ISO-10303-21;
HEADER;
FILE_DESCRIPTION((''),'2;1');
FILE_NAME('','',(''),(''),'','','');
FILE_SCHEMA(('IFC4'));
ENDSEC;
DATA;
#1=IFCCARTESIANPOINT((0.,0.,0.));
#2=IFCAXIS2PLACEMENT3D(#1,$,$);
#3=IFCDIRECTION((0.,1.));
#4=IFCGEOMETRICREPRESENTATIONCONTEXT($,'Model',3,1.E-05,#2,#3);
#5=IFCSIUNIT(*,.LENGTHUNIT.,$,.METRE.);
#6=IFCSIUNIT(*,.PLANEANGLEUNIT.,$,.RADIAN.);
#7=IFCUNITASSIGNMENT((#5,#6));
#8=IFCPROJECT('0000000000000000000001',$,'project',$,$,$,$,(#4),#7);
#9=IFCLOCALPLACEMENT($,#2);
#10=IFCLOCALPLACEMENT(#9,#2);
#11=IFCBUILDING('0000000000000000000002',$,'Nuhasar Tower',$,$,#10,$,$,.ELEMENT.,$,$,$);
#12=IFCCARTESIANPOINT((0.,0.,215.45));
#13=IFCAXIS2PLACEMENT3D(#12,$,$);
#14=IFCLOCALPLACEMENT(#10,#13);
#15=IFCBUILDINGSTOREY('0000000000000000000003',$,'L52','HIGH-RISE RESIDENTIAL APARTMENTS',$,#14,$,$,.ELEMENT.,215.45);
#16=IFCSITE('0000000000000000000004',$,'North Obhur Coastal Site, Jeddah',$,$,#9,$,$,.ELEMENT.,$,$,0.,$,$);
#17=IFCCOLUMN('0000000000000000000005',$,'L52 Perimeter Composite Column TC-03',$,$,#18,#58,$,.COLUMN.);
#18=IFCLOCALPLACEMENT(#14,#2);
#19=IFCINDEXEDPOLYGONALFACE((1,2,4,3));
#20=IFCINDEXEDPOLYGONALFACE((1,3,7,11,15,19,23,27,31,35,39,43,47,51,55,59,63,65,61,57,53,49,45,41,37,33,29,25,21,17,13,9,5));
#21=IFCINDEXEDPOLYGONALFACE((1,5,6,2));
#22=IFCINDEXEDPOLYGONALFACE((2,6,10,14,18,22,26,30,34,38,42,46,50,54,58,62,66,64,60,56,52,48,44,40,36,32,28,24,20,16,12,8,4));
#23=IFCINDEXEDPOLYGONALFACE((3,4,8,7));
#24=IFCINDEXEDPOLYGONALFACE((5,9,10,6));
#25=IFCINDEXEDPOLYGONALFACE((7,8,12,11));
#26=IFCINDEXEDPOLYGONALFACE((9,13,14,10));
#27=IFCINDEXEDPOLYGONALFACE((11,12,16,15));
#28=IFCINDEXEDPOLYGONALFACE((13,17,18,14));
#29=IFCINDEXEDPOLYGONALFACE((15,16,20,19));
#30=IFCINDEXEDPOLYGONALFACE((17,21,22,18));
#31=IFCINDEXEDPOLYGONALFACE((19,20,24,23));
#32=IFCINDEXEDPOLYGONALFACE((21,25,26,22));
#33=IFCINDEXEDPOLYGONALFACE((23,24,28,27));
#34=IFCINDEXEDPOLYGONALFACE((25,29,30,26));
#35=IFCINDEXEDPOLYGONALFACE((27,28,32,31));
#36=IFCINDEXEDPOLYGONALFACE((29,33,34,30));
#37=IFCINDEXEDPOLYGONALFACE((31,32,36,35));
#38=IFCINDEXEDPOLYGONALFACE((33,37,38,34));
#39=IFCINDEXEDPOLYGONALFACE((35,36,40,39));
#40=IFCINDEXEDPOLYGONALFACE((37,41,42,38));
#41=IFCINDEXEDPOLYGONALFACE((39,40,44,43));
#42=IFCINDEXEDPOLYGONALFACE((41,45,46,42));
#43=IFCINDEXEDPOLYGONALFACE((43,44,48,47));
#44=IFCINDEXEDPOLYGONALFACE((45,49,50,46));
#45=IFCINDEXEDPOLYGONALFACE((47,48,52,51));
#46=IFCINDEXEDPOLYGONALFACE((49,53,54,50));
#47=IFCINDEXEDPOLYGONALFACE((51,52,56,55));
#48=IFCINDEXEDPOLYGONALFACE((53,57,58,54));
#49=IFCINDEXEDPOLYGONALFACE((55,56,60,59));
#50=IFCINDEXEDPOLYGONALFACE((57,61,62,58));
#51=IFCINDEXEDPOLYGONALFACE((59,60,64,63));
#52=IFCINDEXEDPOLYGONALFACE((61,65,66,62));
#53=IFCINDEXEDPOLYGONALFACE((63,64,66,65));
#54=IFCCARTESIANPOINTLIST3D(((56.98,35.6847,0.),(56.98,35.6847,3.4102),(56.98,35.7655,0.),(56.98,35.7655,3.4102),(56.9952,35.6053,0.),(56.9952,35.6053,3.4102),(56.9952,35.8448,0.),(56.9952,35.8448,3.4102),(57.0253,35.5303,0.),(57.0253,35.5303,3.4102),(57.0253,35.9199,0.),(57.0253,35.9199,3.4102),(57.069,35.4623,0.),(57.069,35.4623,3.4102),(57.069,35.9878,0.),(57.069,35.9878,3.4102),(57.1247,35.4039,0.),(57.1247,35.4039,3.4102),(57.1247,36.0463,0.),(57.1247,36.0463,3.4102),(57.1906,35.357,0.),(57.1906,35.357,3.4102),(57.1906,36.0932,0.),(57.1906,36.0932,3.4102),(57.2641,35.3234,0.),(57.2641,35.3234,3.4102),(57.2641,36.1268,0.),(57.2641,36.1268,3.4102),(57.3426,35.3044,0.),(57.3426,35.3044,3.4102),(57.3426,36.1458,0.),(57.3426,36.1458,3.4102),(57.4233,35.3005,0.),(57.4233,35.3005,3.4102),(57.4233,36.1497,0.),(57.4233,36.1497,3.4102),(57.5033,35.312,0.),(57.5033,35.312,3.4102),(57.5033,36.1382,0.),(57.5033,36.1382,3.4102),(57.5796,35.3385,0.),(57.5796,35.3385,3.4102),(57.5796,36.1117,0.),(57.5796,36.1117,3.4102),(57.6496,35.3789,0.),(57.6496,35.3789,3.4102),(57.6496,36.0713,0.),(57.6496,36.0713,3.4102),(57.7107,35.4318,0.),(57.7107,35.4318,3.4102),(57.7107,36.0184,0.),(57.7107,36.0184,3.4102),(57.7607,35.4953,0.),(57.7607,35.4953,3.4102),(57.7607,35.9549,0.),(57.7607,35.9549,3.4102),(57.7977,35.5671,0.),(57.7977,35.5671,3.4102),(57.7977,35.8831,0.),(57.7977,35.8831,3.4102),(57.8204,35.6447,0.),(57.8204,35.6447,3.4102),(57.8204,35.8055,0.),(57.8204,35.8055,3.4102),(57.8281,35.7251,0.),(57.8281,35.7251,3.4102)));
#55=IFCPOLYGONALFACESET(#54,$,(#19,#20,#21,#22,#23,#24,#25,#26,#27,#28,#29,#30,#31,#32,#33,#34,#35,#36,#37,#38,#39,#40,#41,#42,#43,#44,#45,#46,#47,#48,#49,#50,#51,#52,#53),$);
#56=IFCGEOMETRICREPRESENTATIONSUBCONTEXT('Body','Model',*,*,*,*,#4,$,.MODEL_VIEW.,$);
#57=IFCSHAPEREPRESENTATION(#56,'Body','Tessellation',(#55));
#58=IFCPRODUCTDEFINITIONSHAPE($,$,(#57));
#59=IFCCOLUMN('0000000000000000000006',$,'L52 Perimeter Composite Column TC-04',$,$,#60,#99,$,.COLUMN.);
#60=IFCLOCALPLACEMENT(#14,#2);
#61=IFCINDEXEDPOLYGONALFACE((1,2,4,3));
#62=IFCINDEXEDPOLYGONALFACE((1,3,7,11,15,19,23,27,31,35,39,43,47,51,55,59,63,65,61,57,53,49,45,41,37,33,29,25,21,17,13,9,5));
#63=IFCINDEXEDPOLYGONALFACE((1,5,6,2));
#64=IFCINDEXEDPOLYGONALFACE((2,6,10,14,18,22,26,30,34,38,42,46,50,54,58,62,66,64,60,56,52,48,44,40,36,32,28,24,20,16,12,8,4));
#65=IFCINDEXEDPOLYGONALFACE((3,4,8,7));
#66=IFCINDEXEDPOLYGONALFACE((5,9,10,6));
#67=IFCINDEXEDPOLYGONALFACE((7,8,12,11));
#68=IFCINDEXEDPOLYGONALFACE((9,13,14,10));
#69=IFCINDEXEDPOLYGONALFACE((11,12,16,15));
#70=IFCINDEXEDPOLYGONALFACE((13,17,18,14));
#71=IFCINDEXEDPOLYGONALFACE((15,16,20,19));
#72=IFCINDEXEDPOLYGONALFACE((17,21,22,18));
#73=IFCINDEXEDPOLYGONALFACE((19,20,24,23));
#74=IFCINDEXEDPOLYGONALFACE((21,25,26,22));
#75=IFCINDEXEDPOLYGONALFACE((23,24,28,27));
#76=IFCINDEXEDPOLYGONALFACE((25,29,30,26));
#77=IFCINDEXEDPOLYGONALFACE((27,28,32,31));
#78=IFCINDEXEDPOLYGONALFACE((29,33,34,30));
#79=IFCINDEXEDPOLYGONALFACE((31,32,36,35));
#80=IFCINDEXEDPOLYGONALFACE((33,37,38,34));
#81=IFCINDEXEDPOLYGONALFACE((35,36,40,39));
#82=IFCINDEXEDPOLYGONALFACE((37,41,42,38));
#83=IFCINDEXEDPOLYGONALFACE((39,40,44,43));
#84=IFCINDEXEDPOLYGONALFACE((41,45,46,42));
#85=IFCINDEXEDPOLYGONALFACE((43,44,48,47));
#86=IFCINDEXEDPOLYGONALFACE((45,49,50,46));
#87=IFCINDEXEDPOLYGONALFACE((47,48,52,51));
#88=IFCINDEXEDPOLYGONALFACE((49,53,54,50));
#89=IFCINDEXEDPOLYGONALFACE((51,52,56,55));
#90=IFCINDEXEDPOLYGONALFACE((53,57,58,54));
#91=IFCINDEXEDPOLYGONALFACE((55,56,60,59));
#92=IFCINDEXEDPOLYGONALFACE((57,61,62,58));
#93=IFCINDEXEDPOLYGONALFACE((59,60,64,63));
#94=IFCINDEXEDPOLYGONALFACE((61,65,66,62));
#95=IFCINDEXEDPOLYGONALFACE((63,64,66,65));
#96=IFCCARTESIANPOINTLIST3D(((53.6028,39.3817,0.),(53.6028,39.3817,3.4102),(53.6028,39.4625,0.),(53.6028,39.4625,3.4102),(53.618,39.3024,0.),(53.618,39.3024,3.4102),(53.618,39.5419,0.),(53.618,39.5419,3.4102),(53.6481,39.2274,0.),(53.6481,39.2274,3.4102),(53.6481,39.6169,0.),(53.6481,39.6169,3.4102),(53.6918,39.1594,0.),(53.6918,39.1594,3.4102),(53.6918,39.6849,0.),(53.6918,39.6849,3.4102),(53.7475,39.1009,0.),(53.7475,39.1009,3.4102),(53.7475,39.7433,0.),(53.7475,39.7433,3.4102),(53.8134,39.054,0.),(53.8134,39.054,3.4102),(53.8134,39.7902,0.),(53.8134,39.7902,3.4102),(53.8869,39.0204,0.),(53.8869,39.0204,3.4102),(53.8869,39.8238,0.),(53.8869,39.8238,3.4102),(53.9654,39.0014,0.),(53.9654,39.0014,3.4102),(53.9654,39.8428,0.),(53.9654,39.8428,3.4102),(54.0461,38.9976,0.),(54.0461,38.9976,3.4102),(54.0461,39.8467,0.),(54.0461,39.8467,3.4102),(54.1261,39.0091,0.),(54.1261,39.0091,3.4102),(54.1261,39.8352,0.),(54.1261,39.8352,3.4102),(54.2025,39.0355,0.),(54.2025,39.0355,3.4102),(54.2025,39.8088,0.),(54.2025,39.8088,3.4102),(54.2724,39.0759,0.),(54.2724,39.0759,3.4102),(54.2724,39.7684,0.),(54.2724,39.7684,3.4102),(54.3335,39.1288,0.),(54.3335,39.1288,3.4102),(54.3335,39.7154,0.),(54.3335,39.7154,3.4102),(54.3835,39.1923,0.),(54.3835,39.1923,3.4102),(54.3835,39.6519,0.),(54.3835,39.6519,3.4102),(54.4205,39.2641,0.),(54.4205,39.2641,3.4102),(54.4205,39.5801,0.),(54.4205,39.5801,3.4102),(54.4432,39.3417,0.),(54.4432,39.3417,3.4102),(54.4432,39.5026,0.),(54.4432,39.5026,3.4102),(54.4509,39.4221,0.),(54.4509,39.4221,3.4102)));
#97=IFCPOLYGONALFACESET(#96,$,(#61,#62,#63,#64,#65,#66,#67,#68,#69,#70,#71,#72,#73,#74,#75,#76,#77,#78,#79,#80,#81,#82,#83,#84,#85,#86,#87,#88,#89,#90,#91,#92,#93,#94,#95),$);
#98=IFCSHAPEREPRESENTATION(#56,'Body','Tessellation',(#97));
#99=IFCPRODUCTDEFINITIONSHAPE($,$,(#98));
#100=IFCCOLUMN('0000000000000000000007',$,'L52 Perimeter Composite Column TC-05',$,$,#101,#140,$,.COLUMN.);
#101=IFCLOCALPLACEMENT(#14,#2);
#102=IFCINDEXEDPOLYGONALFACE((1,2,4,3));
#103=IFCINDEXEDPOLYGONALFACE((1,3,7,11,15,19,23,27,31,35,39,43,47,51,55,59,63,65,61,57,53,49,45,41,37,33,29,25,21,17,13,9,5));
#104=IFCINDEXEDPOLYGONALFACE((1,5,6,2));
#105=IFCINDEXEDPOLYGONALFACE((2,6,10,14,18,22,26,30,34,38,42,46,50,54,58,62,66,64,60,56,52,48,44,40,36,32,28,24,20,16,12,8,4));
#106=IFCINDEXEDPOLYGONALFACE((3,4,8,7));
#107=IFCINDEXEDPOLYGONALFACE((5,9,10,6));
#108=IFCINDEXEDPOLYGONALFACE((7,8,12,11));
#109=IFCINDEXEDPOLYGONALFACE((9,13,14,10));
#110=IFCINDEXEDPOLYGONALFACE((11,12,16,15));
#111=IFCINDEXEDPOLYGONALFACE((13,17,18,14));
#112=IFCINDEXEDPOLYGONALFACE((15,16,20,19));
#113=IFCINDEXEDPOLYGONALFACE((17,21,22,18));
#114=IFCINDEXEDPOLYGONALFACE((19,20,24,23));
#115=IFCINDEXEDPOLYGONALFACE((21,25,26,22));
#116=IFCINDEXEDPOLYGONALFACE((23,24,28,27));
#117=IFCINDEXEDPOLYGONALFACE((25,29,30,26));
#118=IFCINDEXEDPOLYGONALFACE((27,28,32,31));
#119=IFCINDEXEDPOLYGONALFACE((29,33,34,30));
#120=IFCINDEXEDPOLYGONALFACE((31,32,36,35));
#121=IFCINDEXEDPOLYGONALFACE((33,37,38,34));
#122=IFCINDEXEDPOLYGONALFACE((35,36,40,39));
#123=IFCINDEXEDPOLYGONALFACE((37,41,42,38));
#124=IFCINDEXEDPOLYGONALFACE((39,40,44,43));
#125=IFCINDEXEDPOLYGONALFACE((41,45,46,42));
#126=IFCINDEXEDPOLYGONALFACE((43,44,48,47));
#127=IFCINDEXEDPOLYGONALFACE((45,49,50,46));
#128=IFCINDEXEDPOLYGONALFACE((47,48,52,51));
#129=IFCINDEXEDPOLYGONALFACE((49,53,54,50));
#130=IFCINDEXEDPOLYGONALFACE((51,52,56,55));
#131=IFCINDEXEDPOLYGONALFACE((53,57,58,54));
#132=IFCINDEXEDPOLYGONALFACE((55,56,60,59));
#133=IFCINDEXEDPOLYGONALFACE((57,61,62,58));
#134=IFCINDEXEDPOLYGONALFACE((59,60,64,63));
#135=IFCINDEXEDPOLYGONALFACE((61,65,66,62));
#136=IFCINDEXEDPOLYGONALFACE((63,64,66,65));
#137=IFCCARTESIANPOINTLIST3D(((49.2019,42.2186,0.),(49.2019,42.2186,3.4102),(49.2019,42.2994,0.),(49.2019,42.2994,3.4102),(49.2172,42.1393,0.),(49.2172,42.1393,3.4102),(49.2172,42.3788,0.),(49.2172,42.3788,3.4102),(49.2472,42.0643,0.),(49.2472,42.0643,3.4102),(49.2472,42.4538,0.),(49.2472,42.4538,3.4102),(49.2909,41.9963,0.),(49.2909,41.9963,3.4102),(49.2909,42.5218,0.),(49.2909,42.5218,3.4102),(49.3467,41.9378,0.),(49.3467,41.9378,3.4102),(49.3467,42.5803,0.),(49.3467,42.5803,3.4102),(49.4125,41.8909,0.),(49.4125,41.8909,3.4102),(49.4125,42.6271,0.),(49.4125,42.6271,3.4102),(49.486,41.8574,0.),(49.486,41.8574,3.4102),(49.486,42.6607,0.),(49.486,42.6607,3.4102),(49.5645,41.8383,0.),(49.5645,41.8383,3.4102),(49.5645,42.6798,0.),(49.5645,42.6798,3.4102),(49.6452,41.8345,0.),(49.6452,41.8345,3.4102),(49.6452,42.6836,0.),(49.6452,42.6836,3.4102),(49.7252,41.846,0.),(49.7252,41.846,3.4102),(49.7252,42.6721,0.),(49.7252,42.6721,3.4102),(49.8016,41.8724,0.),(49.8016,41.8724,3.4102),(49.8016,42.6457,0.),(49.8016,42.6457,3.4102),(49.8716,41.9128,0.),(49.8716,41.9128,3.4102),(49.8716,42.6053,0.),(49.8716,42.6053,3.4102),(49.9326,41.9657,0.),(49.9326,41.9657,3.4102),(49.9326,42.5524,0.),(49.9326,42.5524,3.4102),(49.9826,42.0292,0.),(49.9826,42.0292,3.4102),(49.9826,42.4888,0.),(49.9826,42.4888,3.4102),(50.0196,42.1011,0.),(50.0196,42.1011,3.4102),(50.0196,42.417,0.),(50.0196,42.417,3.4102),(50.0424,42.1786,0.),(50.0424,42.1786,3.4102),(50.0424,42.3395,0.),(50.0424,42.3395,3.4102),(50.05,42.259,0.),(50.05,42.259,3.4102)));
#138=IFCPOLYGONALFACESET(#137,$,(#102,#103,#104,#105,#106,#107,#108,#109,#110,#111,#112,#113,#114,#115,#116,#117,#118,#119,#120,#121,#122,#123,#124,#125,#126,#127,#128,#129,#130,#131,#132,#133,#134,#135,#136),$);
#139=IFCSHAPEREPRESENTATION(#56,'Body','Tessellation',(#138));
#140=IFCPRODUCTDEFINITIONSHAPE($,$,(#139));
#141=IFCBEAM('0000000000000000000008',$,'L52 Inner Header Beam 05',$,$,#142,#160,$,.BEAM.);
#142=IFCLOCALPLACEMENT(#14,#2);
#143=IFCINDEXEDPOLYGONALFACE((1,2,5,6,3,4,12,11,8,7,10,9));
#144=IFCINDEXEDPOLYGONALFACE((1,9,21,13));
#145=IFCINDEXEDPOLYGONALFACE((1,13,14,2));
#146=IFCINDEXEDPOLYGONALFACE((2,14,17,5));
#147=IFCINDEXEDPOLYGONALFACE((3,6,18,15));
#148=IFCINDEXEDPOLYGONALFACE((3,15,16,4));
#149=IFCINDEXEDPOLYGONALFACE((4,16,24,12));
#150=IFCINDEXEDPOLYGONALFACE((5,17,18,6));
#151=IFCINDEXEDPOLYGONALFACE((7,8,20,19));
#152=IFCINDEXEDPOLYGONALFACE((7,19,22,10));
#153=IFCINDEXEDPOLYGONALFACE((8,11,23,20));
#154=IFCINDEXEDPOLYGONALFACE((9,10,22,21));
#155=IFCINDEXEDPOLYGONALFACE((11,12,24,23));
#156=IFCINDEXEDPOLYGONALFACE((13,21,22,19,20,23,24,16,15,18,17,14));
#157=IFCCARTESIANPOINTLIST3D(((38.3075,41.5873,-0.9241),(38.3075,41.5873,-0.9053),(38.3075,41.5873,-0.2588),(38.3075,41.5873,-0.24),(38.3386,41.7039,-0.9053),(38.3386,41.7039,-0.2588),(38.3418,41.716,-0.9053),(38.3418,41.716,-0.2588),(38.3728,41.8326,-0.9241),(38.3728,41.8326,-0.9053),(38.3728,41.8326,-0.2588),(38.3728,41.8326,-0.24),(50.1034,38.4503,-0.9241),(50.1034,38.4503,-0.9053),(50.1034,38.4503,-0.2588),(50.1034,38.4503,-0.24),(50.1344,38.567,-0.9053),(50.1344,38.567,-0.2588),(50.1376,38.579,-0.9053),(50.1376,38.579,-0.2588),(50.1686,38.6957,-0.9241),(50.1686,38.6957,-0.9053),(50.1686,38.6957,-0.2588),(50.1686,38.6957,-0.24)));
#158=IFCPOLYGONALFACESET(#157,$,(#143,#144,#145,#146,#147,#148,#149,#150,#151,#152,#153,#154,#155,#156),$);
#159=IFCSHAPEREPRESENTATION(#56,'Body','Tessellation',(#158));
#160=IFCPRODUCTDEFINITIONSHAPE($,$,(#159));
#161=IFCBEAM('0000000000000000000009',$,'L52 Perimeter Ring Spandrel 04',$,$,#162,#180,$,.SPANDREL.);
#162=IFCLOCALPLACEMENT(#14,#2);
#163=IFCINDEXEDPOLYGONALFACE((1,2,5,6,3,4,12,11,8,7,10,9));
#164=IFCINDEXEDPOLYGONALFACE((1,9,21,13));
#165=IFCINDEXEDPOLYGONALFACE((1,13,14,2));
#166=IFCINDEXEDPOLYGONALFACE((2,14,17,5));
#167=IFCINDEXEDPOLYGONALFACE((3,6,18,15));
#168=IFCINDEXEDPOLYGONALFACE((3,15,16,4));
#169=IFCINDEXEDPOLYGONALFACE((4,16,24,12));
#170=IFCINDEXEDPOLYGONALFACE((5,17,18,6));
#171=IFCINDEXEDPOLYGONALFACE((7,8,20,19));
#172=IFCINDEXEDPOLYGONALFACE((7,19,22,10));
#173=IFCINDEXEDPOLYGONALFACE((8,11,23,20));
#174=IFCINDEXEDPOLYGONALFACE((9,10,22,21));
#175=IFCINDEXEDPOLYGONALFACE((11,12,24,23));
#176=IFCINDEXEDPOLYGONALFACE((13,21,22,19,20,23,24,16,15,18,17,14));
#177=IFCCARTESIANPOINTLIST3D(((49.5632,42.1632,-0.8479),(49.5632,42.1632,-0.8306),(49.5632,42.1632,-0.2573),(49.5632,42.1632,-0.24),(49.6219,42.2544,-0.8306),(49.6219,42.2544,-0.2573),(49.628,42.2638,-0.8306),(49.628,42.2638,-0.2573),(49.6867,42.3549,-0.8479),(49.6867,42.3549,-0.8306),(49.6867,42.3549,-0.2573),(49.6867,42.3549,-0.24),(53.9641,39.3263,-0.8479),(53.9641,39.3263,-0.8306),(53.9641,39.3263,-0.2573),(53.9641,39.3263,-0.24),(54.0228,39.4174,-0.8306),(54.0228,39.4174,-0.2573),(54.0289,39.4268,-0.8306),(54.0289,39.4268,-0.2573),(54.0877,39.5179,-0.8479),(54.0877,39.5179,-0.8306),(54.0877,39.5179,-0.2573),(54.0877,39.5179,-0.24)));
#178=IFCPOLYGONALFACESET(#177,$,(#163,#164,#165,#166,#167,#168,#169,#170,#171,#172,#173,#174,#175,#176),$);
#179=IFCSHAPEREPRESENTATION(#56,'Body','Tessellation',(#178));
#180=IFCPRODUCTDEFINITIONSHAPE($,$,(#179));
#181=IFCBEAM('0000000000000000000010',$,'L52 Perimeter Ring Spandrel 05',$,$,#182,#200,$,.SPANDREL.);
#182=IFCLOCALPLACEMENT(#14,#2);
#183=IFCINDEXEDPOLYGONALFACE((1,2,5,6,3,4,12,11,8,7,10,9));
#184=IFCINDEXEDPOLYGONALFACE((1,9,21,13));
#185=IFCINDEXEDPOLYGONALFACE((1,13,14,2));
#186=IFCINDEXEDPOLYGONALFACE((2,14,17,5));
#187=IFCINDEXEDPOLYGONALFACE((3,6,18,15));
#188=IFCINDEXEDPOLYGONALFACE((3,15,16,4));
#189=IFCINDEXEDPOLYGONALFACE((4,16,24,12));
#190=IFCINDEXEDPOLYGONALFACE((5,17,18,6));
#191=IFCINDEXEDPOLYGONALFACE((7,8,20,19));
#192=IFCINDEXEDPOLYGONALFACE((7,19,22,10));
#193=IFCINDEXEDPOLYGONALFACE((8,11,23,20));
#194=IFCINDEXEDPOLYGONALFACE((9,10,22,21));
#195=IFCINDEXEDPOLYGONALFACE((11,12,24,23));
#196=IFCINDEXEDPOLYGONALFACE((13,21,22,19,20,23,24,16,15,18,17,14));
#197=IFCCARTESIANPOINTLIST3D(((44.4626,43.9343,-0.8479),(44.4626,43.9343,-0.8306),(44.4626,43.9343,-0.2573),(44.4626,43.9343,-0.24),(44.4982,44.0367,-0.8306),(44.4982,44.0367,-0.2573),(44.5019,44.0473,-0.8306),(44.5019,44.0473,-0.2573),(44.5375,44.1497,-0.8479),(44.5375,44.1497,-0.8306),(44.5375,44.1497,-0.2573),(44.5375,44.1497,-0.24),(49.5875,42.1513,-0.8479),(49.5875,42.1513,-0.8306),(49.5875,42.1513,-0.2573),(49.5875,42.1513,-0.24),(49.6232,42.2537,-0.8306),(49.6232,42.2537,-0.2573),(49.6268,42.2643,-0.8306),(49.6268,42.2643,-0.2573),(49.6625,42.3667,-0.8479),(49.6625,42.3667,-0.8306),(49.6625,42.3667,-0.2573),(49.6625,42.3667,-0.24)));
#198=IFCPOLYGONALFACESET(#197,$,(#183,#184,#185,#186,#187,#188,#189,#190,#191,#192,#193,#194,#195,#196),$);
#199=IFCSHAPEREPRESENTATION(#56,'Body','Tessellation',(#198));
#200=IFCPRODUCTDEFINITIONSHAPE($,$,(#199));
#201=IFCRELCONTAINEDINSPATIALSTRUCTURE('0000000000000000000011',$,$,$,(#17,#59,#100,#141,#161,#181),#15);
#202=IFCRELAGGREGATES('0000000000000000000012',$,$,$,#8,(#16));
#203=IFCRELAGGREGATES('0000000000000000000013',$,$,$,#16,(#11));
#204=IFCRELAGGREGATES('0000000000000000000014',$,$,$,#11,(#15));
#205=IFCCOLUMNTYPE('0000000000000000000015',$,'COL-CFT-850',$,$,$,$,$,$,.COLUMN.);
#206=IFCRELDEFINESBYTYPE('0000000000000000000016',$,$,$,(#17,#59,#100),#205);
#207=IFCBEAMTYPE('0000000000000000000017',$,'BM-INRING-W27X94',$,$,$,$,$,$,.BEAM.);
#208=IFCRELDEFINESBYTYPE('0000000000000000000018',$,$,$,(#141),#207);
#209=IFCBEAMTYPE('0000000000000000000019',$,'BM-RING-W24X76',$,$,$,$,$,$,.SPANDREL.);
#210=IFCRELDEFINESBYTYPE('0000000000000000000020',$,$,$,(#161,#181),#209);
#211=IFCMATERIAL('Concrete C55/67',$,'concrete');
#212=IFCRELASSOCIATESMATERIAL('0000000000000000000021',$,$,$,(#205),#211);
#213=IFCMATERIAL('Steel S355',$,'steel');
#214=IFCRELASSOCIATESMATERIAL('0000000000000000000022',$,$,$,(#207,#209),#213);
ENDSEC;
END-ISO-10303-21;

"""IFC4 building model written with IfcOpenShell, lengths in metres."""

from ifc_helpers import new_model, si_unit, direction, frame, origin, origin_2d, place, context, subcontext, project, spatial, circle, i_section, extrude, material, material_profile, profile_set, type_object, element, save


model = new_model("IFC4")

# Units and contexts
model_context = context("Model", 3, precision=1e-05, world=origin(), true_north=direction((0.0, 1.0)))
body_context = subcontext(model_context, "Body", "Model", "MODEL_VIEW")
ifc_project = project(units=[si_unit("LENGTHUNIT", "METRE"), si_unit("PLANEANGLEUNIT", "RADIAN")], contexts=[model_context])

# Site, building, storey
site_placement = place(None, origin())
site = spatial("IfcSite", under=ifc_project, at=site_placement, Name="North Obhur Coastal Site, Jeddah", CompositionType="ELEMENT", RefElevation=0.0)
building_placement = place(site_placement, origin())
building = spatial("IfcBuilding", under=site, at=building_placement, Name="Nuhasar Tower", CompositionType="ELEMENT")
storey_placement = place(building_placement, frame((0.0, 0.0, 215.45)))
storey = spatial("IfcBuildingStorey", under=building, at=storey_placement, Name="L52", Description="HIGH-RISE RESIDENTIAL APARTMENTS", CompositionType="ELEMENT", Elevation=215.45)

# Columns
ifc_material_1 = material(Name="Concrete C55/67", Category="concrete")
ifc_material_profile_1 = material_profile(ifc_material_1, circle(Radius=0.425, at=origin_2d()), Name="CFT850")
ifc_profile_set_1 = profile_set([ifc_material_profile_1], Name="Concrete C55/67")
column_type = type_object("IfcColumnType", Name="COL-CFT-850", PredefinedType="COLUMN", material=ifc_profile_set_1)
for number, where, z_axis, x_axis, name in (
    (1, (57.4031, 35.7251, 0.0), (0.0, 0.0, 1.0), (1.0, 0.0, 0.0), "L52 Perimeter Composite Column TC-03"),
    (2, (54.0259, 39.4221, 0.0), (0.0, 0.0, 1.0), (1.0, 0.0, 0.0), "L52 Perimeter Composite Column TC-04"),
    (3, (49.625, 42.259, 0.0), (0.0, 0.0, 1.0), (1.0, 0.0, 0.0), "L52 Perimeter Composite Column TC-05"),
):
    element("IfcColumn", number, at=place(storey_placement, frame(where, z_axis=z_axis, x_axis=x_axis)), inside=storey, type_object=column_type, Name=name, PredefinedType="COLUMN", context=body_context, shape_type="SweptSolid", body=[
        extrude(circle(Radius=0.425, at=origin_2d()), origin(), (0.0, 0.0, 1.0), 3.4102),
    ])

# Beams
ifc_material_2 = material(Name="Steel S355", Category="steel")
ifc_material_profile_2 = material_profile(ifc_material_2, i_section(OverallWidth=0.2539, OverallDepth=0.6841, WebThickness=0.0125, FlangeThickness=0.0188, at=origin_2d()), Name="W27X94")
ifc_profile_set_2 = profile_set([ifc_material_profile_2], Name="Steel S355")
beam_type_1 = type_object("IfcBeamType", Name="BM-INRING-W27X94", PredefinedType="BEAM", material=ifc_profile_set_2)
beam_1_placement = place(storey_placement, frame((50.136, 38.573, -0.582), z_axis=(-0.96641, 0.257004, 0.0), x_axis=(-0.257004, -0.96641, 0.0)))
element("IfcBeam", 4, at=beam_1_placement, inside=storey, type_object=beam_type_1, Name="L52 Inner Header Beam 05", PredefinedType="BEAM", context=body_context, shape_type="SweptSolid", body=[
    extrude(i_section(OverallWidth=0.2539, OverallDepth=0.6841, WebThickness=0.0125, FlangeThickness=0.0188, at=origin_2d()), origin(), (0.0, 0.0, 1.0), 12.2058),
])
ifc_material_profile_3 = material_profile(ifc_material_2, i_section(OverallWidth=0.228, OverallDepth=0.6079, WebThickness=0.0112, FlangeThickness=0.0173, at=origin_2d()), Name="W24X76")
ifc_profile_set_3 = profile_set([ifc_material_profile_3], Name="Steel S355")
beam_type_2 = type_object("IfcBeamType", Name="BM-RING-W24X76", PredefinedType="SPANDREL", material=ifc_profile_set_3)
beam_2_placement = place(storey_placement, frame((54.0259, 39.4221, -0.5439), z_axis=(-0.840502, 0.541808, 0.0), x_axis=(-0.541808, -0.840502, 0.0)))
element("IfcBeam", 5, at=beam_2_placement, inside=storey, type_object=beam_type_2, Name="L52 Perimeter Ring Spandrel 04", PredefinedType="SPANDREL", context=body_context, shape_type="SweptSolid", body=[
    extrude(i_section(OverallWidth=0.228, OverallDepth=0.6079, WebThickness=0.0112, FlangeThickness=0.0173, at=origin_2d()), origin(), (0.0, 0.0, 1.0), 5.2361),
])
beam_3_placement = place(storey_placement, frame((49.625, 42.259, -0.5439), z_axis=(-0.944477, 0.328578, 0.0), x_axis=(-0.328578, -0.944477, 0.0)))
element("IfcBeam", 6, at=beam_3_placement, inside=storey, type_object=beam_type_2, Name="L52 Perimeter Ring Spandrel 05", PredefinedType="SPANDREL", context=body_context, shape_type="SweptSolid", body=[
    extrude(i_section(OverallWidth=0.228, OverallDepth=0.6079, WebThickness=0.0112, FlangeThickness=0.0173, at=origin_2d()), origin(), (0.0, 0.0, 1.0), 5.4263),
])

save(model, "model.ifc")
